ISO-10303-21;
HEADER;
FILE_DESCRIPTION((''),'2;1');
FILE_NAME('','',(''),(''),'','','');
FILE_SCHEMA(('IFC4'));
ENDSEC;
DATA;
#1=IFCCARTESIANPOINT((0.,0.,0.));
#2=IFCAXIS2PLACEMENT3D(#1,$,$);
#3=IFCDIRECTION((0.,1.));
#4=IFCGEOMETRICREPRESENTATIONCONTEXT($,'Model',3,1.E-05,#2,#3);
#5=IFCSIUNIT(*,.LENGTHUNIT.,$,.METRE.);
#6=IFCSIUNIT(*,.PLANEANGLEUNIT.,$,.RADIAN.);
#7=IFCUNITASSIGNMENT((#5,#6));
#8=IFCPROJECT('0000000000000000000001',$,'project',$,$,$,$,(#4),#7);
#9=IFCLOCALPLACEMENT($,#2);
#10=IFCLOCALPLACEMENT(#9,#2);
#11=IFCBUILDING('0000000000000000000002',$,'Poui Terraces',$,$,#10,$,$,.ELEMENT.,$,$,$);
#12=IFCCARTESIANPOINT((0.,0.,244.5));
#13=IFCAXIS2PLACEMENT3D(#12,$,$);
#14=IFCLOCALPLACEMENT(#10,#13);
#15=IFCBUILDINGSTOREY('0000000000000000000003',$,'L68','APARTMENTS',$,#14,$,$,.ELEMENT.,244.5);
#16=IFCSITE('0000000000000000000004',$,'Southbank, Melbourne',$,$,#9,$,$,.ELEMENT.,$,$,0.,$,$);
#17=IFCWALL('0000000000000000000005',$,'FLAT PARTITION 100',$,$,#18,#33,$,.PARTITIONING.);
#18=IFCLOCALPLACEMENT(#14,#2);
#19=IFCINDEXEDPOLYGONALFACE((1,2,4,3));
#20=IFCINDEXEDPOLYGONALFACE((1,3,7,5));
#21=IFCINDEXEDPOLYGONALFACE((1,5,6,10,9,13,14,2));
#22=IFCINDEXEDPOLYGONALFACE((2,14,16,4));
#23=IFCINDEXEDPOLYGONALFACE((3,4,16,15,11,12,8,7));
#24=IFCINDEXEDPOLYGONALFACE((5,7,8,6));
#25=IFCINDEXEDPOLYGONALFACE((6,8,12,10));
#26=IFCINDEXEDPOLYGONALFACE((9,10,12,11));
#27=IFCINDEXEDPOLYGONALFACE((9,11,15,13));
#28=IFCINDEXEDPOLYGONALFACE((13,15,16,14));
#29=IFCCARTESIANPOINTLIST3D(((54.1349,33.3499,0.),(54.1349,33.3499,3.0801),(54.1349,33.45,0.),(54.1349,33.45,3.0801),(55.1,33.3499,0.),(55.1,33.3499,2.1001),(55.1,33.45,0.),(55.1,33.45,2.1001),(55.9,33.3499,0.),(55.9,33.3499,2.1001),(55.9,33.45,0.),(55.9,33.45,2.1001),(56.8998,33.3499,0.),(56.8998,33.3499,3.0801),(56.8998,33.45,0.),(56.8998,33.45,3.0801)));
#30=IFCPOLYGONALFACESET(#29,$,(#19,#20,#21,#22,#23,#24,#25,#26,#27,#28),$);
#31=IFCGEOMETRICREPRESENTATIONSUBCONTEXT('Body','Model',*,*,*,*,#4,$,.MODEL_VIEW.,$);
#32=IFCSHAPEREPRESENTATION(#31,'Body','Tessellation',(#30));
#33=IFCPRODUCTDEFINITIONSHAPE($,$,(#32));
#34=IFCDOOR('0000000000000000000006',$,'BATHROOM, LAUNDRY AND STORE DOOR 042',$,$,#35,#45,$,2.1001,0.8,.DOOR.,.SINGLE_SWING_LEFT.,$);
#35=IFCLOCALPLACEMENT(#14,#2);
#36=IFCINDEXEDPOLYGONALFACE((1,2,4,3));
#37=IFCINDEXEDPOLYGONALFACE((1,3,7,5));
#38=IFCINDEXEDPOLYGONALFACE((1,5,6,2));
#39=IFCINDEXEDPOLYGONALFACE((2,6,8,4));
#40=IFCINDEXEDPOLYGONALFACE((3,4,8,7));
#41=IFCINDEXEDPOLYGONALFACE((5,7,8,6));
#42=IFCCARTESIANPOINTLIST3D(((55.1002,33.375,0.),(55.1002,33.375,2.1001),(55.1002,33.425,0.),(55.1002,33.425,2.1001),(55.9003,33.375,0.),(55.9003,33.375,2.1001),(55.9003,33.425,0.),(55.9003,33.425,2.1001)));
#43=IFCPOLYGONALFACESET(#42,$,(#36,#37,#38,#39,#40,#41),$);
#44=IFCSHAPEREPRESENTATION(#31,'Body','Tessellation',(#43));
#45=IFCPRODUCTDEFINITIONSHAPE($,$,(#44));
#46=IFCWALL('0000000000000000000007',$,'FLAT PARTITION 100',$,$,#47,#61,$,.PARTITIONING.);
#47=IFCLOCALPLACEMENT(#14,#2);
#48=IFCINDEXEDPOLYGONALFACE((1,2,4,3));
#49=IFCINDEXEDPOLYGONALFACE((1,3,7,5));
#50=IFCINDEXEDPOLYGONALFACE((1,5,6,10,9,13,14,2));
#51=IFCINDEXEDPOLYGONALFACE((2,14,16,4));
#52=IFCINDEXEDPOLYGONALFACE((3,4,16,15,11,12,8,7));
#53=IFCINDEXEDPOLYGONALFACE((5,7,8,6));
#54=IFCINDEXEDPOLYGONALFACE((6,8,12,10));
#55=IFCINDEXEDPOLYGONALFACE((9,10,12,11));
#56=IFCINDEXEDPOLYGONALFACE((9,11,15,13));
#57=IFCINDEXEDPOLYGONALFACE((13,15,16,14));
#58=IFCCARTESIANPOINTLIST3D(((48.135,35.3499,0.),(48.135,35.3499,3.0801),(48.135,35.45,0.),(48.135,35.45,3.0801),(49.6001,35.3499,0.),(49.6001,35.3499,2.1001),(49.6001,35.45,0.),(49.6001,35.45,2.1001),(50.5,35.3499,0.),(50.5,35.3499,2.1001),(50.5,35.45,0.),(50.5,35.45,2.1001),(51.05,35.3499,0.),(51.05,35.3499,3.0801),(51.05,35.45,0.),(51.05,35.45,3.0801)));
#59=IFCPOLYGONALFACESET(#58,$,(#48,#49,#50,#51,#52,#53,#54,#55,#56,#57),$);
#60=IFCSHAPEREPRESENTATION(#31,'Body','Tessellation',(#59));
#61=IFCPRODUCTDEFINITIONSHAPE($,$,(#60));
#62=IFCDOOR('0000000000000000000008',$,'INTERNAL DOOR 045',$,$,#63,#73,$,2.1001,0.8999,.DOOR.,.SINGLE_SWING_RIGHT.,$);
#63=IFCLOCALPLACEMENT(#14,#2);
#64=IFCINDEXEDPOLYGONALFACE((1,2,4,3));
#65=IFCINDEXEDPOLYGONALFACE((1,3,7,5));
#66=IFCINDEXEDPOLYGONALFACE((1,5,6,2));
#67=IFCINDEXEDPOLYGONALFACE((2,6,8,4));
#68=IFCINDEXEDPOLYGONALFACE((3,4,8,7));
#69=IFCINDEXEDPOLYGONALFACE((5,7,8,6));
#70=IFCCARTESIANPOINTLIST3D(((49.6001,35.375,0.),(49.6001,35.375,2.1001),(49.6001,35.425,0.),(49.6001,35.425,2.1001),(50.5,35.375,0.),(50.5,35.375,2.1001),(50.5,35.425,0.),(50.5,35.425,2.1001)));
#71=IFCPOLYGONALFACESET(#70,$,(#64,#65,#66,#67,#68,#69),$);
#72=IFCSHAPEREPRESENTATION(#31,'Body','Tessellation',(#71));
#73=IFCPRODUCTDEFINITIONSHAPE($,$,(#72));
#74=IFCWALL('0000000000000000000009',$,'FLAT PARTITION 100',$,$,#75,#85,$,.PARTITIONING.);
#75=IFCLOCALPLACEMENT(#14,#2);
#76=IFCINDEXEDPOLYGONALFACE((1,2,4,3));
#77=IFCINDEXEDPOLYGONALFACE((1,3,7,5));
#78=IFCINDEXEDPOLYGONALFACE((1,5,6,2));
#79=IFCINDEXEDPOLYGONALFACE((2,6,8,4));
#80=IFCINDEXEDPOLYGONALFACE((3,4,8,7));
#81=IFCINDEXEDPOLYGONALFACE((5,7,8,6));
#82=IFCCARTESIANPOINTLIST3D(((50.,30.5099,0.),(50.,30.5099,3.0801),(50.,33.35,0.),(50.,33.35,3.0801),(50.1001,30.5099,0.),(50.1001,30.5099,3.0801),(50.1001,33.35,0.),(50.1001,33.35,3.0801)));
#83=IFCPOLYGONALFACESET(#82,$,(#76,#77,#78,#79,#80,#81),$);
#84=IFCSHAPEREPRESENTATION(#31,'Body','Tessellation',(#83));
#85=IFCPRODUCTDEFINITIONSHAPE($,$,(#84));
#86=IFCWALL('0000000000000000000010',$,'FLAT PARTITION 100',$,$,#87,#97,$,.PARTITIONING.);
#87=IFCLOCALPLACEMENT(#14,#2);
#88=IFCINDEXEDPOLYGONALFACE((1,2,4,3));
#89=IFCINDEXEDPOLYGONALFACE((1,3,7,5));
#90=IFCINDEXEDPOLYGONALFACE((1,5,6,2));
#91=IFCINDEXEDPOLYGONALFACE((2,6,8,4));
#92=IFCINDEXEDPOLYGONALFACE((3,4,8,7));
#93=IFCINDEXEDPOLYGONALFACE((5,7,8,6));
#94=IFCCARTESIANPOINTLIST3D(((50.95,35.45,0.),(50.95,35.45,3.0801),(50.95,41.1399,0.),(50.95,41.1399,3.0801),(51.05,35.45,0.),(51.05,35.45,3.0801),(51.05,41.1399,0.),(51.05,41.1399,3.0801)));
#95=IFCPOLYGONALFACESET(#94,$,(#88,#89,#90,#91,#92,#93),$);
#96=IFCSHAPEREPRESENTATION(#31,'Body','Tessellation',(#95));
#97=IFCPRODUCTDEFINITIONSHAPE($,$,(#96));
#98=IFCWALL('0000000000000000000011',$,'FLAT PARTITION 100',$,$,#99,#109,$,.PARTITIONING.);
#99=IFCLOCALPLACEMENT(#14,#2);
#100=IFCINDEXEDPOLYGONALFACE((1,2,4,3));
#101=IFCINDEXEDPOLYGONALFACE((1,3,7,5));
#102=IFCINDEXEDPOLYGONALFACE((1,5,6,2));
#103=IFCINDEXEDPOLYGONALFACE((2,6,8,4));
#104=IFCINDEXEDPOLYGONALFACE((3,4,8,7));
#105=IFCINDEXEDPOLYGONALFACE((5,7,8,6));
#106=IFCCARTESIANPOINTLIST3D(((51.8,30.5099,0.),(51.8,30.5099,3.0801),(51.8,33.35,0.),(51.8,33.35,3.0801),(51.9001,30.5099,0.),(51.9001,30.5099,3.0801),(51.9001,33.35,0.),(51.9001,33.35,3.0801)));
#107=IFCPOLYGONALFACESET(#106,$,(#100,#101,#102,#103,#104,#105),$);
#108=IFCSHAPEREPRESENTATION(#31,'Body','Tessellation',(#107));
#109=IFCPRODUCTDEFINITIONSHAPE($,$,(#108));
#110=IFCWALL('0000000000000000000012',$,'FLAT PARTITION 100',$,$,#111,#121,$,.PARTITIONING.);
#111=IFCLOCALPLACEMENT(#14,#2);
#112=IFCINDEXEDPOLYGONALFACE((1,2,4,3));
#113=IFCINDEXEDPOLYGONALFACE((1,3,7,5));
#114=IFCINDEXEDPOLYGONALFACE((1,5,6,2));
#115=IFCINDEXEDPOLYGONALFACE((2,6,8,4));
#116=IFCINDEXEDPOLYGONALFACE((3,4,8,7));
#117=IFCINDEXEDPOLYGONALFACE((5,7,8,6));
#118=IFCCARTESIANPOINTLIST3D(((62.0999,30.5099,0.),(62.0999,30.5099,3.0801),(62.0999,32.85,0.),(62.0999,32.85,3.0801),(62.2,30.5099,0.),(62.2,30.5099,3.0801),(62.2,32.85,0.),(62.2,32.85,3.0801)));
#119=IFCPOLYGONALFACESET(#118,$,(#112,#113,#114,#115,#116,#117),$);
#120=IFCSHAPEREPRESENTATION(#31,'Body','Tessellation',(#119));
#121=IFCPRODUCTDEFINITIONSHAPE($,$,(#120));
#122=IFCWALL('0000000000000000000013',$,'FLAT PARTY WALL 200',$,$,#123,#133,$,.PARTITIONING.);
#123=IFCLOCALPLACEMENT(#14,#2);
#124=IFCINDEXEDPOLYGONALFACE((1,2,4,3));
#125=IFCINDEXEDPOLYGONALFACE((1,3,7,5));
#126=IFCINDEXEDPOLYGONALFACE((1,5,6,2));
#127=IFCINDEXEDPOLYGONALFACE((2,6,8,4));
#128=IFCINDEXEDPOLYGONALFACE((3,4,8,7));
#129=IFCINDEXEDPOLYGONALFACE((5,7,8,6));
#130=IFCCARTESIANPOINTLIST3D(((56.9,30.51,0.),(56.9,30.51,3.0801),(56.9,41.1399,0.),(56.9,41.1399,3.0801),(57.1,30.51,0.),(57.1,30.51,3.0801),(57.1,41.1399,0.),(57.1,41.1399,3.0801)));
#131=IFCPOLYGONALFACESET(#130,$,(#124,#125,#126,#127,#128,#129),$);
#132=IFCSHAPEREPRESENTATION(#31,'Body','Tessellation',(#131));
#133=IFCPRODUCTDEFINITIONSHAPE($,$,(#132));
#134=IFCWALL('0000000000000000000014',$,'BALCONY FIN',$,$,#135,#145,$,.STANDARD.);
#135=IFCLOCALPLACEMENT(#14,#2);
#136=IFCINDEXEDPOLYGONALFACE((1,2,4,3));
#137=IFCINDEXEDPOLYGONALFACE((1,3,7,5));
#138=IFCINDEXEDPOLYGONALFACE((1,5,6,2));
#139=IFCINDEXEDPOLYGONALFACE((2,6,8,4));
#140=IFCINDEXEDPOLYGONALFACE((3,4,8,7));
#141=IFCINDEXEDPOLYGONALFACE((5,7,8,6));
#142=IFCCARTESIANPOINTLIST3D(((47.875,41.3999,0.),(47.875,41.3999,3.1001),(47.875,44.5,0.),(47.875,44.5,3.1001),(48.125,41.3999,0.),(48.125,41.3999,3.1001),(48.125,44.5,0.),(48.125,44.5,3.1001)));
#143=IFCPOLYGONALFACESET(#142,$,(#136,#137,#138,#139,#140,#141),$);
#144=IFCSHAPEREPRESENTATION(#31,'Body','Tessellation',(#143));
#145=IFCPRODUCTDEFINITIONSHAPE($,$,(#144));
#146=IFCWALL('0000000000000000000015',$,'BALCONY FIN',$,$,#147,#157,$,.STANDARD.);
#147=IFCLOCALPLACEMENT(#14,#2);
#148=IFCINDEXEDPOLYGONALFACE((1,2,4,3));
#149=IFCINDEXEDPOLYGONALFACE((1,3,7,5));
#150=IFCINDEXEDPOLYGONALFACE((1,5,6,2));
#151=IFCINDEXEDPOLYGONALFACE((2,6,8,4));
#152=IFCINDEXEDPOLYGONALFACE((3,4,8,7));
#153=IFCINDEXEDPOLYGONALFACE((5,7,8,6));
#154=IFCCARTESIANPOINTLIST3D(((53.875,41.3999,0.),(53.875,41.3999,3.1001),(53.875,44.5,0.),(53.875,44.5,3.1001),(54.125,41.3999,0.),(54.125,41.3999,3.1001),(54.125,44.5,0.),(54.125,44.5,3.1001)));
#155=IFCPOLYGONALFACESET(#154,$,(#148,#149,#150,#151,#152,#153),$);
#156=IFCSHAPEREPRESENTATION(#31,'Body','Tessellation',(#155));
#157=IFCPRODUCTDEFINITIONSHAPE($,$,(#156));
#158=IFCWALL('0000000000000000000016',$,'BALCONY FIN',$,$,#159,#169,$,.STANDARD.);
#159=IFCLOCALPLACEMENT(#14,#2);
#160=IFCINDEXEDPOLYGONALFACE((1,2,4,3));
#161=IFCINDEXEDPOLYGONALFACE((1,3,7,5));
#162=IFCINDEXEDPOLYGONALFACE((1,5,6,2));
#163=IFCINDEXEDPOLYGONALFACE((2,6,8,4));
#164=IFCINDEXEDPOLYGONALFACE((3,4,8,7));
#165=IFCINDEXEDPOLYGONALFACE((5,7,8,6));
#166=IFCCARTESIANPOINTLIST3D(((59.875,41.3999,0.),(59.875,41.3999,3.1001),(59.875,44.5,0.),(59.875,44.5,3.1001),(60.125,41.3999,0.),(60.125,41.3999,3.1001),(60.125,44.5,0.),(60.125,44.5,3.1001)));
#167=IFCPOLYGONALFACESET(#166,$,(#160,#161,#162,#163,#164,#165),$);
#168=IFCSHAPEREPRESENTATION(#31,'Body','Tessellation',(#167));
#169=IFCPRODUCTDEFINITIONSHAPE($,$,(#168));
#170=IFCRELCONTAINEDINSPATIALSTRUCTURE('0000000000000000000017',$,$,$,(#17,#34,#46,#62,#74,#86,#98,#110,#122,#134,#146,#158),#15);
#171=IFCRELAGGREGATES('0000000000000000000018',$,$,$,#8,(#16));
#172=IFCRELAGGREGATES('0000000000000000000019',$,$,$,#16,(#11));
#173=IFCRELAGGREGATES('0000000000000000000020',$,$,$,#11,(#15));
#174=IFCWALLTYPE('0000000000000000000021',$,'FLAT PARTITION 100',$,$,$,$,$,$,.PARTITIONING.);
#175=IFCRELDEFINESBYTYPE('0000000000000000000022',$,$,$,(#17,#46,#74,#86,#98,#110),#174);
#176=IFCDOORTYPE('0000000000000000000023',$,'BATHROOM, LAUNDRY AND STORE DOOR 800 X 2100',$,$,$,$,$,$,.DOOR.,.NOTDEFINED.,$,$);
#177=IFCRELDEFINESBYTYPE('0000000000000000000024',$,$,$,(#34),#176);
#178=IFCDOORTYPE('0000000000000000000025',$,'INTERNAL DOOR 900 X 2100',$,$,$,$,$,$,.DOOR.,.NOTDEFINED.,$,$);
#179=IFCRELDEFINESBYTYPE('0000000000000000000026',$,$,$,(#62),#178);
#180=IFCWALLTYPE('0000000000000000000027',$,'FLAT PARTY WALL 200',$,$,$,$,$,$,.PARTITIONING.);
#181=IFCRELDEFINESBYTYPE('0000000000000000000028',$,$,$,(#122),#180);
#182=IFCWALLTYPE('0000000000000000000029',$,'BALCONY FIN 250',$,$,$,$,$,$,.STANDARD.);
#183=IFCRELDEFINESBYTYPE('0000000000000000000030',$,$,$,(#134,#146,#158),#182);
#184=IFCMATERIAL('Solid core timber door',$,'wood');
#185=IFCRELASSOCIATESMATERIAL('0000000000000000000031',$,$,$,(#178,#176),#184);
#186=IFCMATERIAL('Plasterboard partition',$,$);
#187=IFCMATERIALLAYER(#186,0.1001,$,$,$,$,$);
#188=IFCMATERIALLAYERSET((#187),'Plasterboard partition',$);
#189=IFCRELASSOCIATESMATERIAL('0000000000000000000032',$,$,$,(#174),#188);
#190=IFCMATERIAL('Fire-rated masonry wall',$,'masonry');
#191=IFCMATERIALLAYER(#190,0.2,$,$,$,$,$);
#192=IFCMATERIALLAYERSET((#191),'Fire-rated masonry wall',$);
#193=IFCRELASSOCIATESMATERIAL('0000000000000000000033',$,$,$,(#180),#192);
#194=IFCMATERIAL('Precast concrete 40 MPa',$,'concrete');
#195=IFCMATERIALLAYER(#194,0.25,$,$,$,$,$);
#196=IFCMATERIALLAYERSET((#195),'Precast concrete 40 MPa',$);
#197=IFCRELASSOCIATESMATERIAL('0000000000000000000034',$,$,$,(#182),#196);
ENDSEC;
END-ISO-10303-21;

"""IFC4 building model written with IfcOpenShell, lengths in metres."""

from ifc_helpers import new_model, si_unit, direction, frame, frame_2d, origin, place, context, subcontext, project, spatial, polyline, rectangle, outline, extrude, source, transform, mapped, material, layer, layer_set, type_object, element, fill, save


model = new_model("IFC4")

# Units and contexts
model_context = context("Model", 3, precision=1e-05, world=origin(), true_north=direction((0.0, 1.0)))
body_context = subcontext(model_context, "Body", "Model", "MODEL_VIEW")
ifc_project = project(units=[si_unit("LENGTHUNIT", "METRE"), si_unit("PLANEANGLEUNIT", "RADIAN")], contexts=[model_context])

# Site, building, storey
site_placement = place(None, origin())
site = spatial("IfcSite", under=ifc_project, at=site_placement, Name="Southbank, Melbourne", CompositionType="ELEMENT", RefElevation=0.0)
building_placement = place(site_placement, origin())
building = spatial("IfcBuilding", under=site, at=building_placement, Name="Poui Terraces", CompositionType="ELEMENT")
storey_placement = place(building_placement, frame((0.0, 0.0, 244.5)))
storey = spatial("IfcBuildingStorey", under=building, at=storey_placement, Name="L68", Description="APARTMENTS", CompositionType="ELEMENT", Elevation=244.5)

# Walls, openings, doors
ifc_material_1 = material(Name="Solid core timber door", Category="wood")
door_type_1 = type_object("IfcDoorType", Name="INTERNAL DOOR 900 X 2100", OperationType="NOTDEFINED", PredefinedType="DOOR", material=ifc_material_1)
ifc_material_2 = material(Name="Plasterboard partition")
ifc_layer_1 = layer(ifc_material_2, 0.1001)
ifc_layer_set_1 = layer_set([ifc_layer_1], Name="Plasterboard partition")
wall_type_1 = type_object("IfcWallType", Name="FLAT PARTITION 100", PredefinedType="PARTITIONING", material=ifc_layer_set_1)
door_type_2 = type_object("IfcDoorType", Name="BATHROOM, LAUNDRY AND STORE DOOR 800 X 2100", OperationType="NOTDEFINED", PredefinedType="DOOR", material=ifc_material_1)
wall_1_placement = place(storey_placement, frame((54.135, 33.3999, 0.0), z_axis=(0.0, 0.0, 1.0), x_axis=(1.0, 0.0, 0.0)))
wall_1 = element("IfcWall", 1, at=wall_1_placement, inside=storey, type_object=wall_type_1, Name="FLAT PARTITION 100", PredefinedType="PARTITIONING", context=body_context, shape_type="SweptSolid", body=[
    extrude(rectangle(XDim=2.7649, YDim=0.1001, at=frame_2d((1.3823, 0.0))), origin(), (0.0, 0.0, 1.0), 3.0801),
])
opening_1_placement = place(wall_1_placement, frame((0.9651, 0.0, 0.0)))
opening_1 = element("IfcOpeningElement", 2, at=opening_1_placement, cuts=wall_1, PredefinedType="OPENING", context=body_context, shape_type="SweptSolid", body=[
    extrude(rectangle(XDim=0.8, YDim=2.1001, at=frame_2d((0.3999, 1.05))), frame((0.0, 0.0601, 0.0), z_axis=(0.0, -1.0, 0.0), x_axis=(1.0, 0.0, 0.0)), (0.0, 0.0, 1.0), 0.1201),
])
door_1_placement = place(opening_1_placement, frame((0.8, 0.0, 0.0), z_axis=(0.0, 0.0, 1.0), x_axis=(-1.0, 0.0, 0.0)))
door_1 = element("IfcDoor", 3, at=door_1_placement, inside=storey, type_object=door_type_2, Name="BATHROOM, LAUNDRY AND STORE DOOR 042", OperationType="SINGLE_SWING_LEFT", OverallHeight=2.1001, OverallWidth=0.8, PredefinedType="DOOR", context=body_context, shape_type="SweptSolid", body=[
    extrude(rectangle(XDim=0.8, YDim=2.1001, at=frame_2d((0.3999, 1.05))), frame((0.0, 0.0249, 0.0), z_axis=(0.0, -1.0, 0.0), x_axis=(1.0, 0.0, 0.0)), (0.0, 0.0, 1.0), 0.05),
])
fill(opening_1, door_1)
wall_2_placement = place(storey_placement, frame((48.135, 35.3999, 0.0), z_axis=(0.0, 0.0, 1.0), x_axis=(1.0, 0.0, 0.0)))
wall_2 = element("IfcWall", 4, at=wall_2_placement, inside=storey, type_object=wall_type_1, Name="FLAT PARTITION 100", PredefinedType="PARTITIONING", context=body_context, shape_type="SweptSolid", body=[
    extrude(rectangle(XDim=2.915, YDim=0.1001, at=frame_2d((1.4575, 0.0))), origin(), (0.0, 0.0, 1.0), 3.0801),
])
opening_2_placement = place(wall_2_placement, frame((1.4651, 0.0, 0.0)))
opening_2 = element("IfcOpeningElement", 5, at=opening_2_placement, cuts=wall_2, PredefinedType="OPENING", context=body_context, shape_type="SweptSolid", body=[
    extrude(rectangle(XDim=0.8999, YDim=2.1001, at=frame_2d((0.45, 1.05))), frame((0.0, 0.0601, 0.0), z_axis=(0.0, -1.0, 0.0), x_axis=(1.0, 0.0, 0.0)), (0.0, 0.0, 1.0), 0.1201),
])
door_2_placement = place(opening_2_placement, frame((0.8999, 0.0, 0.0), z_axis=(0.0, 0.0, 1.0), x_axis=(-1.0, 0.0, 0.0)))
door_2 = element("IfcDoor", 6, at=door_2_placement, inside=storey, type_object=door_type_1, Name="INTERNAL DOOR 045", OperationType="SINGLE_SWING_RIGHT", OverallHeight=2.1001, OverallWidth=0.8999, PredefinedType="DOOR", context=body_context, shape_type="SweptSolid", body=[
    extrude(rectangle(XDim=0.8999, YDim=2.1001, at=frame_2d((0.45, 1.05))), frame((0.0, 0.0249, 0.0), z_axis=(0.0, -1.0, 0.0), x_axis=(1.0, 0.0, 0.0)), (0.0, 0.0, 1.0), 0.05),
])
fill(opening_2, door_2)

# Walls
wall_3_placement = place(storey_placement, frame((50.05, 30.51, 0.0), z_axis=(0.0, 0.0, 1.0), x_axis=(0.0, 1.0, 0.0)))
element("IfcWall", 7, at=wall_3_placement, inside=storey, type_object=wall_type_1, Name="FLAT PARTITION 100", PredefinedType="PARTITIONING", context=body_context, shape_type="SweptSolid", body=[
    extrude(rectangle(XDim=2.8401, YDim=0.1001, at=frame_2d((1.4199, 0.0))), origin(), (0.0, 0.0, 1.0), 3.0801),
])
wall_4_placement = place(storey_placement, frame((51.0, 35.45, 0.0), z_axis=(0.0, 0.0, 1.0), x_axis=(0.0, 1.0, 0.0)))
element("IfcWall", 8, at=wall_4_placement, inside=storey, type_object=wall_type_1, Name="FLAT PARTITION 100", PredefinedType="PARTITIONING", context=body_context, shape_type="SweptSolid", body=[
    extrude(rectangle(XDim=5.6899, YDim=0.1001, at=frame_2d((2.845, 0.0))), origin(), (0.0, 0.0, 1.0), 3.0801),
])
wall_5_placement = place(storey_placement, frame((51.8501, 30.51, 0.0), z_axis=(0.0, 0.0, 1.0), x_axis=(0.0, 1.0, 0.0)))
element("IfcWall", 9, at=wall_5_placement, inside=storey, type_object=wall_type_1, Name="FLAT PARTITION 100", PredefinedType="PARTITIONING", context=body_context, shape_type="SweptSolid", body=[
    extrude(rectangle(XDim=2.8401, YDim=0.1001, at=frame_2d((1.4199, 0.0))), origin(), (0.0, 0.0, 1.0), 3.0801),
])
wall_6_placement = place(storey_placement, frame((62.1499, 30.51, 0.0), z_axis=(0.0, 0.0, 1.0), x_axis=(0.0, 1.0, 0.0)))
element("IfcWall", 10, at=wall_6_placement, inside=storey, type_object=wall_type_1, Name="FLAT PARTITION 100", PredefinedType="PARTITIONING", context=body_context, shape_type="SweptSolid", body=[
    extrude(rectangle(XDim=2.3401, YDim=0.1001, at=frame_2d((1.1699, 0.0))), origin(), (0.0, 0.0, 1.0), 3.0801),
])
ifc_material_3 = material(Name="Fire-rated masonry wall", Category="masonry")
ifc_layer_2 = layer(ifc_material_3, 0.2)
ifc_layer_set_2 = layer_set([ifc_layer_2], Name="Fire-rated masonry wall")
wall_type_2 = type_object("IfcWallType", Name="FLAT PARTY WALL 200", PredefinedType="PARTITIONING", material=ifc_layer_set_2)
wall_7_placement = place(storey_placement, frame((57.0, 30.51, 0.0), z_axis=(0.0, 0.0, 1.0), x_axis=(0.0, 1.0, 0.0)))
element("IfcWall", 11, at=wall_7_placement, inside=storey, type_object=wall_type_2, Name="FLAT PARTY WALL 200", PredefinedType="PARTITIONING", context=body_context, shape_type="SweptSolid", body=[
    extrude(rectangle(XDim=10.6299, YDim=0.2, at=frame_2d((5.3149, 0.0))), origin(), (0.0, 0.0, 1.0), 3.0801),
])
ifc_material_4 = material(Name="Precast concrete 40 MPa", Category="concrete")
ifc_layer_3 = layer(ifc_material_4, 0.25)
ifc_layer_set_3 = layer_set([ifc_layer_3], Name="Precast concrete 40 MPa")
wall_type_3 = type_object("IfcWallType", Name="BALCONY FIN 250", PredefinedType="STANDARD", material=ifc_layer_set_3)
shared_shape_1 = source(origin(), body_context, "Body", "SweptSolid", [
    extrude(outline(polyline([(0.0, 0.0), (0.25, 0.0), (0.25, 3.1001), (0.0, 3.1001), (0.0, 0.0)])), origin(), (0.0, 0.0, 1.0), 3.1001),
])
for number, where, name in (
    (12, (47.875, 41.3999, 0.0), "BALCONY FIN"),
    (13, (53.875, 41.3999, 0.0), "BALCONY FIN"),
    (14, (59.875, 41.3999, 0.0), "BALCONY FIN"),
):
    element("IfcWall", number, at=place(storey_placement, frame(where)), inside=storey, type_object=wall_type_3, Name=name, PredefinedType="STANDARD", context=body_context, shape_type="MappedRepresentation", body=[
        mapped(shared_shape_1, transform((0.0, 0.0, 0.0))),
    ])

save(model, "model.ifc")
